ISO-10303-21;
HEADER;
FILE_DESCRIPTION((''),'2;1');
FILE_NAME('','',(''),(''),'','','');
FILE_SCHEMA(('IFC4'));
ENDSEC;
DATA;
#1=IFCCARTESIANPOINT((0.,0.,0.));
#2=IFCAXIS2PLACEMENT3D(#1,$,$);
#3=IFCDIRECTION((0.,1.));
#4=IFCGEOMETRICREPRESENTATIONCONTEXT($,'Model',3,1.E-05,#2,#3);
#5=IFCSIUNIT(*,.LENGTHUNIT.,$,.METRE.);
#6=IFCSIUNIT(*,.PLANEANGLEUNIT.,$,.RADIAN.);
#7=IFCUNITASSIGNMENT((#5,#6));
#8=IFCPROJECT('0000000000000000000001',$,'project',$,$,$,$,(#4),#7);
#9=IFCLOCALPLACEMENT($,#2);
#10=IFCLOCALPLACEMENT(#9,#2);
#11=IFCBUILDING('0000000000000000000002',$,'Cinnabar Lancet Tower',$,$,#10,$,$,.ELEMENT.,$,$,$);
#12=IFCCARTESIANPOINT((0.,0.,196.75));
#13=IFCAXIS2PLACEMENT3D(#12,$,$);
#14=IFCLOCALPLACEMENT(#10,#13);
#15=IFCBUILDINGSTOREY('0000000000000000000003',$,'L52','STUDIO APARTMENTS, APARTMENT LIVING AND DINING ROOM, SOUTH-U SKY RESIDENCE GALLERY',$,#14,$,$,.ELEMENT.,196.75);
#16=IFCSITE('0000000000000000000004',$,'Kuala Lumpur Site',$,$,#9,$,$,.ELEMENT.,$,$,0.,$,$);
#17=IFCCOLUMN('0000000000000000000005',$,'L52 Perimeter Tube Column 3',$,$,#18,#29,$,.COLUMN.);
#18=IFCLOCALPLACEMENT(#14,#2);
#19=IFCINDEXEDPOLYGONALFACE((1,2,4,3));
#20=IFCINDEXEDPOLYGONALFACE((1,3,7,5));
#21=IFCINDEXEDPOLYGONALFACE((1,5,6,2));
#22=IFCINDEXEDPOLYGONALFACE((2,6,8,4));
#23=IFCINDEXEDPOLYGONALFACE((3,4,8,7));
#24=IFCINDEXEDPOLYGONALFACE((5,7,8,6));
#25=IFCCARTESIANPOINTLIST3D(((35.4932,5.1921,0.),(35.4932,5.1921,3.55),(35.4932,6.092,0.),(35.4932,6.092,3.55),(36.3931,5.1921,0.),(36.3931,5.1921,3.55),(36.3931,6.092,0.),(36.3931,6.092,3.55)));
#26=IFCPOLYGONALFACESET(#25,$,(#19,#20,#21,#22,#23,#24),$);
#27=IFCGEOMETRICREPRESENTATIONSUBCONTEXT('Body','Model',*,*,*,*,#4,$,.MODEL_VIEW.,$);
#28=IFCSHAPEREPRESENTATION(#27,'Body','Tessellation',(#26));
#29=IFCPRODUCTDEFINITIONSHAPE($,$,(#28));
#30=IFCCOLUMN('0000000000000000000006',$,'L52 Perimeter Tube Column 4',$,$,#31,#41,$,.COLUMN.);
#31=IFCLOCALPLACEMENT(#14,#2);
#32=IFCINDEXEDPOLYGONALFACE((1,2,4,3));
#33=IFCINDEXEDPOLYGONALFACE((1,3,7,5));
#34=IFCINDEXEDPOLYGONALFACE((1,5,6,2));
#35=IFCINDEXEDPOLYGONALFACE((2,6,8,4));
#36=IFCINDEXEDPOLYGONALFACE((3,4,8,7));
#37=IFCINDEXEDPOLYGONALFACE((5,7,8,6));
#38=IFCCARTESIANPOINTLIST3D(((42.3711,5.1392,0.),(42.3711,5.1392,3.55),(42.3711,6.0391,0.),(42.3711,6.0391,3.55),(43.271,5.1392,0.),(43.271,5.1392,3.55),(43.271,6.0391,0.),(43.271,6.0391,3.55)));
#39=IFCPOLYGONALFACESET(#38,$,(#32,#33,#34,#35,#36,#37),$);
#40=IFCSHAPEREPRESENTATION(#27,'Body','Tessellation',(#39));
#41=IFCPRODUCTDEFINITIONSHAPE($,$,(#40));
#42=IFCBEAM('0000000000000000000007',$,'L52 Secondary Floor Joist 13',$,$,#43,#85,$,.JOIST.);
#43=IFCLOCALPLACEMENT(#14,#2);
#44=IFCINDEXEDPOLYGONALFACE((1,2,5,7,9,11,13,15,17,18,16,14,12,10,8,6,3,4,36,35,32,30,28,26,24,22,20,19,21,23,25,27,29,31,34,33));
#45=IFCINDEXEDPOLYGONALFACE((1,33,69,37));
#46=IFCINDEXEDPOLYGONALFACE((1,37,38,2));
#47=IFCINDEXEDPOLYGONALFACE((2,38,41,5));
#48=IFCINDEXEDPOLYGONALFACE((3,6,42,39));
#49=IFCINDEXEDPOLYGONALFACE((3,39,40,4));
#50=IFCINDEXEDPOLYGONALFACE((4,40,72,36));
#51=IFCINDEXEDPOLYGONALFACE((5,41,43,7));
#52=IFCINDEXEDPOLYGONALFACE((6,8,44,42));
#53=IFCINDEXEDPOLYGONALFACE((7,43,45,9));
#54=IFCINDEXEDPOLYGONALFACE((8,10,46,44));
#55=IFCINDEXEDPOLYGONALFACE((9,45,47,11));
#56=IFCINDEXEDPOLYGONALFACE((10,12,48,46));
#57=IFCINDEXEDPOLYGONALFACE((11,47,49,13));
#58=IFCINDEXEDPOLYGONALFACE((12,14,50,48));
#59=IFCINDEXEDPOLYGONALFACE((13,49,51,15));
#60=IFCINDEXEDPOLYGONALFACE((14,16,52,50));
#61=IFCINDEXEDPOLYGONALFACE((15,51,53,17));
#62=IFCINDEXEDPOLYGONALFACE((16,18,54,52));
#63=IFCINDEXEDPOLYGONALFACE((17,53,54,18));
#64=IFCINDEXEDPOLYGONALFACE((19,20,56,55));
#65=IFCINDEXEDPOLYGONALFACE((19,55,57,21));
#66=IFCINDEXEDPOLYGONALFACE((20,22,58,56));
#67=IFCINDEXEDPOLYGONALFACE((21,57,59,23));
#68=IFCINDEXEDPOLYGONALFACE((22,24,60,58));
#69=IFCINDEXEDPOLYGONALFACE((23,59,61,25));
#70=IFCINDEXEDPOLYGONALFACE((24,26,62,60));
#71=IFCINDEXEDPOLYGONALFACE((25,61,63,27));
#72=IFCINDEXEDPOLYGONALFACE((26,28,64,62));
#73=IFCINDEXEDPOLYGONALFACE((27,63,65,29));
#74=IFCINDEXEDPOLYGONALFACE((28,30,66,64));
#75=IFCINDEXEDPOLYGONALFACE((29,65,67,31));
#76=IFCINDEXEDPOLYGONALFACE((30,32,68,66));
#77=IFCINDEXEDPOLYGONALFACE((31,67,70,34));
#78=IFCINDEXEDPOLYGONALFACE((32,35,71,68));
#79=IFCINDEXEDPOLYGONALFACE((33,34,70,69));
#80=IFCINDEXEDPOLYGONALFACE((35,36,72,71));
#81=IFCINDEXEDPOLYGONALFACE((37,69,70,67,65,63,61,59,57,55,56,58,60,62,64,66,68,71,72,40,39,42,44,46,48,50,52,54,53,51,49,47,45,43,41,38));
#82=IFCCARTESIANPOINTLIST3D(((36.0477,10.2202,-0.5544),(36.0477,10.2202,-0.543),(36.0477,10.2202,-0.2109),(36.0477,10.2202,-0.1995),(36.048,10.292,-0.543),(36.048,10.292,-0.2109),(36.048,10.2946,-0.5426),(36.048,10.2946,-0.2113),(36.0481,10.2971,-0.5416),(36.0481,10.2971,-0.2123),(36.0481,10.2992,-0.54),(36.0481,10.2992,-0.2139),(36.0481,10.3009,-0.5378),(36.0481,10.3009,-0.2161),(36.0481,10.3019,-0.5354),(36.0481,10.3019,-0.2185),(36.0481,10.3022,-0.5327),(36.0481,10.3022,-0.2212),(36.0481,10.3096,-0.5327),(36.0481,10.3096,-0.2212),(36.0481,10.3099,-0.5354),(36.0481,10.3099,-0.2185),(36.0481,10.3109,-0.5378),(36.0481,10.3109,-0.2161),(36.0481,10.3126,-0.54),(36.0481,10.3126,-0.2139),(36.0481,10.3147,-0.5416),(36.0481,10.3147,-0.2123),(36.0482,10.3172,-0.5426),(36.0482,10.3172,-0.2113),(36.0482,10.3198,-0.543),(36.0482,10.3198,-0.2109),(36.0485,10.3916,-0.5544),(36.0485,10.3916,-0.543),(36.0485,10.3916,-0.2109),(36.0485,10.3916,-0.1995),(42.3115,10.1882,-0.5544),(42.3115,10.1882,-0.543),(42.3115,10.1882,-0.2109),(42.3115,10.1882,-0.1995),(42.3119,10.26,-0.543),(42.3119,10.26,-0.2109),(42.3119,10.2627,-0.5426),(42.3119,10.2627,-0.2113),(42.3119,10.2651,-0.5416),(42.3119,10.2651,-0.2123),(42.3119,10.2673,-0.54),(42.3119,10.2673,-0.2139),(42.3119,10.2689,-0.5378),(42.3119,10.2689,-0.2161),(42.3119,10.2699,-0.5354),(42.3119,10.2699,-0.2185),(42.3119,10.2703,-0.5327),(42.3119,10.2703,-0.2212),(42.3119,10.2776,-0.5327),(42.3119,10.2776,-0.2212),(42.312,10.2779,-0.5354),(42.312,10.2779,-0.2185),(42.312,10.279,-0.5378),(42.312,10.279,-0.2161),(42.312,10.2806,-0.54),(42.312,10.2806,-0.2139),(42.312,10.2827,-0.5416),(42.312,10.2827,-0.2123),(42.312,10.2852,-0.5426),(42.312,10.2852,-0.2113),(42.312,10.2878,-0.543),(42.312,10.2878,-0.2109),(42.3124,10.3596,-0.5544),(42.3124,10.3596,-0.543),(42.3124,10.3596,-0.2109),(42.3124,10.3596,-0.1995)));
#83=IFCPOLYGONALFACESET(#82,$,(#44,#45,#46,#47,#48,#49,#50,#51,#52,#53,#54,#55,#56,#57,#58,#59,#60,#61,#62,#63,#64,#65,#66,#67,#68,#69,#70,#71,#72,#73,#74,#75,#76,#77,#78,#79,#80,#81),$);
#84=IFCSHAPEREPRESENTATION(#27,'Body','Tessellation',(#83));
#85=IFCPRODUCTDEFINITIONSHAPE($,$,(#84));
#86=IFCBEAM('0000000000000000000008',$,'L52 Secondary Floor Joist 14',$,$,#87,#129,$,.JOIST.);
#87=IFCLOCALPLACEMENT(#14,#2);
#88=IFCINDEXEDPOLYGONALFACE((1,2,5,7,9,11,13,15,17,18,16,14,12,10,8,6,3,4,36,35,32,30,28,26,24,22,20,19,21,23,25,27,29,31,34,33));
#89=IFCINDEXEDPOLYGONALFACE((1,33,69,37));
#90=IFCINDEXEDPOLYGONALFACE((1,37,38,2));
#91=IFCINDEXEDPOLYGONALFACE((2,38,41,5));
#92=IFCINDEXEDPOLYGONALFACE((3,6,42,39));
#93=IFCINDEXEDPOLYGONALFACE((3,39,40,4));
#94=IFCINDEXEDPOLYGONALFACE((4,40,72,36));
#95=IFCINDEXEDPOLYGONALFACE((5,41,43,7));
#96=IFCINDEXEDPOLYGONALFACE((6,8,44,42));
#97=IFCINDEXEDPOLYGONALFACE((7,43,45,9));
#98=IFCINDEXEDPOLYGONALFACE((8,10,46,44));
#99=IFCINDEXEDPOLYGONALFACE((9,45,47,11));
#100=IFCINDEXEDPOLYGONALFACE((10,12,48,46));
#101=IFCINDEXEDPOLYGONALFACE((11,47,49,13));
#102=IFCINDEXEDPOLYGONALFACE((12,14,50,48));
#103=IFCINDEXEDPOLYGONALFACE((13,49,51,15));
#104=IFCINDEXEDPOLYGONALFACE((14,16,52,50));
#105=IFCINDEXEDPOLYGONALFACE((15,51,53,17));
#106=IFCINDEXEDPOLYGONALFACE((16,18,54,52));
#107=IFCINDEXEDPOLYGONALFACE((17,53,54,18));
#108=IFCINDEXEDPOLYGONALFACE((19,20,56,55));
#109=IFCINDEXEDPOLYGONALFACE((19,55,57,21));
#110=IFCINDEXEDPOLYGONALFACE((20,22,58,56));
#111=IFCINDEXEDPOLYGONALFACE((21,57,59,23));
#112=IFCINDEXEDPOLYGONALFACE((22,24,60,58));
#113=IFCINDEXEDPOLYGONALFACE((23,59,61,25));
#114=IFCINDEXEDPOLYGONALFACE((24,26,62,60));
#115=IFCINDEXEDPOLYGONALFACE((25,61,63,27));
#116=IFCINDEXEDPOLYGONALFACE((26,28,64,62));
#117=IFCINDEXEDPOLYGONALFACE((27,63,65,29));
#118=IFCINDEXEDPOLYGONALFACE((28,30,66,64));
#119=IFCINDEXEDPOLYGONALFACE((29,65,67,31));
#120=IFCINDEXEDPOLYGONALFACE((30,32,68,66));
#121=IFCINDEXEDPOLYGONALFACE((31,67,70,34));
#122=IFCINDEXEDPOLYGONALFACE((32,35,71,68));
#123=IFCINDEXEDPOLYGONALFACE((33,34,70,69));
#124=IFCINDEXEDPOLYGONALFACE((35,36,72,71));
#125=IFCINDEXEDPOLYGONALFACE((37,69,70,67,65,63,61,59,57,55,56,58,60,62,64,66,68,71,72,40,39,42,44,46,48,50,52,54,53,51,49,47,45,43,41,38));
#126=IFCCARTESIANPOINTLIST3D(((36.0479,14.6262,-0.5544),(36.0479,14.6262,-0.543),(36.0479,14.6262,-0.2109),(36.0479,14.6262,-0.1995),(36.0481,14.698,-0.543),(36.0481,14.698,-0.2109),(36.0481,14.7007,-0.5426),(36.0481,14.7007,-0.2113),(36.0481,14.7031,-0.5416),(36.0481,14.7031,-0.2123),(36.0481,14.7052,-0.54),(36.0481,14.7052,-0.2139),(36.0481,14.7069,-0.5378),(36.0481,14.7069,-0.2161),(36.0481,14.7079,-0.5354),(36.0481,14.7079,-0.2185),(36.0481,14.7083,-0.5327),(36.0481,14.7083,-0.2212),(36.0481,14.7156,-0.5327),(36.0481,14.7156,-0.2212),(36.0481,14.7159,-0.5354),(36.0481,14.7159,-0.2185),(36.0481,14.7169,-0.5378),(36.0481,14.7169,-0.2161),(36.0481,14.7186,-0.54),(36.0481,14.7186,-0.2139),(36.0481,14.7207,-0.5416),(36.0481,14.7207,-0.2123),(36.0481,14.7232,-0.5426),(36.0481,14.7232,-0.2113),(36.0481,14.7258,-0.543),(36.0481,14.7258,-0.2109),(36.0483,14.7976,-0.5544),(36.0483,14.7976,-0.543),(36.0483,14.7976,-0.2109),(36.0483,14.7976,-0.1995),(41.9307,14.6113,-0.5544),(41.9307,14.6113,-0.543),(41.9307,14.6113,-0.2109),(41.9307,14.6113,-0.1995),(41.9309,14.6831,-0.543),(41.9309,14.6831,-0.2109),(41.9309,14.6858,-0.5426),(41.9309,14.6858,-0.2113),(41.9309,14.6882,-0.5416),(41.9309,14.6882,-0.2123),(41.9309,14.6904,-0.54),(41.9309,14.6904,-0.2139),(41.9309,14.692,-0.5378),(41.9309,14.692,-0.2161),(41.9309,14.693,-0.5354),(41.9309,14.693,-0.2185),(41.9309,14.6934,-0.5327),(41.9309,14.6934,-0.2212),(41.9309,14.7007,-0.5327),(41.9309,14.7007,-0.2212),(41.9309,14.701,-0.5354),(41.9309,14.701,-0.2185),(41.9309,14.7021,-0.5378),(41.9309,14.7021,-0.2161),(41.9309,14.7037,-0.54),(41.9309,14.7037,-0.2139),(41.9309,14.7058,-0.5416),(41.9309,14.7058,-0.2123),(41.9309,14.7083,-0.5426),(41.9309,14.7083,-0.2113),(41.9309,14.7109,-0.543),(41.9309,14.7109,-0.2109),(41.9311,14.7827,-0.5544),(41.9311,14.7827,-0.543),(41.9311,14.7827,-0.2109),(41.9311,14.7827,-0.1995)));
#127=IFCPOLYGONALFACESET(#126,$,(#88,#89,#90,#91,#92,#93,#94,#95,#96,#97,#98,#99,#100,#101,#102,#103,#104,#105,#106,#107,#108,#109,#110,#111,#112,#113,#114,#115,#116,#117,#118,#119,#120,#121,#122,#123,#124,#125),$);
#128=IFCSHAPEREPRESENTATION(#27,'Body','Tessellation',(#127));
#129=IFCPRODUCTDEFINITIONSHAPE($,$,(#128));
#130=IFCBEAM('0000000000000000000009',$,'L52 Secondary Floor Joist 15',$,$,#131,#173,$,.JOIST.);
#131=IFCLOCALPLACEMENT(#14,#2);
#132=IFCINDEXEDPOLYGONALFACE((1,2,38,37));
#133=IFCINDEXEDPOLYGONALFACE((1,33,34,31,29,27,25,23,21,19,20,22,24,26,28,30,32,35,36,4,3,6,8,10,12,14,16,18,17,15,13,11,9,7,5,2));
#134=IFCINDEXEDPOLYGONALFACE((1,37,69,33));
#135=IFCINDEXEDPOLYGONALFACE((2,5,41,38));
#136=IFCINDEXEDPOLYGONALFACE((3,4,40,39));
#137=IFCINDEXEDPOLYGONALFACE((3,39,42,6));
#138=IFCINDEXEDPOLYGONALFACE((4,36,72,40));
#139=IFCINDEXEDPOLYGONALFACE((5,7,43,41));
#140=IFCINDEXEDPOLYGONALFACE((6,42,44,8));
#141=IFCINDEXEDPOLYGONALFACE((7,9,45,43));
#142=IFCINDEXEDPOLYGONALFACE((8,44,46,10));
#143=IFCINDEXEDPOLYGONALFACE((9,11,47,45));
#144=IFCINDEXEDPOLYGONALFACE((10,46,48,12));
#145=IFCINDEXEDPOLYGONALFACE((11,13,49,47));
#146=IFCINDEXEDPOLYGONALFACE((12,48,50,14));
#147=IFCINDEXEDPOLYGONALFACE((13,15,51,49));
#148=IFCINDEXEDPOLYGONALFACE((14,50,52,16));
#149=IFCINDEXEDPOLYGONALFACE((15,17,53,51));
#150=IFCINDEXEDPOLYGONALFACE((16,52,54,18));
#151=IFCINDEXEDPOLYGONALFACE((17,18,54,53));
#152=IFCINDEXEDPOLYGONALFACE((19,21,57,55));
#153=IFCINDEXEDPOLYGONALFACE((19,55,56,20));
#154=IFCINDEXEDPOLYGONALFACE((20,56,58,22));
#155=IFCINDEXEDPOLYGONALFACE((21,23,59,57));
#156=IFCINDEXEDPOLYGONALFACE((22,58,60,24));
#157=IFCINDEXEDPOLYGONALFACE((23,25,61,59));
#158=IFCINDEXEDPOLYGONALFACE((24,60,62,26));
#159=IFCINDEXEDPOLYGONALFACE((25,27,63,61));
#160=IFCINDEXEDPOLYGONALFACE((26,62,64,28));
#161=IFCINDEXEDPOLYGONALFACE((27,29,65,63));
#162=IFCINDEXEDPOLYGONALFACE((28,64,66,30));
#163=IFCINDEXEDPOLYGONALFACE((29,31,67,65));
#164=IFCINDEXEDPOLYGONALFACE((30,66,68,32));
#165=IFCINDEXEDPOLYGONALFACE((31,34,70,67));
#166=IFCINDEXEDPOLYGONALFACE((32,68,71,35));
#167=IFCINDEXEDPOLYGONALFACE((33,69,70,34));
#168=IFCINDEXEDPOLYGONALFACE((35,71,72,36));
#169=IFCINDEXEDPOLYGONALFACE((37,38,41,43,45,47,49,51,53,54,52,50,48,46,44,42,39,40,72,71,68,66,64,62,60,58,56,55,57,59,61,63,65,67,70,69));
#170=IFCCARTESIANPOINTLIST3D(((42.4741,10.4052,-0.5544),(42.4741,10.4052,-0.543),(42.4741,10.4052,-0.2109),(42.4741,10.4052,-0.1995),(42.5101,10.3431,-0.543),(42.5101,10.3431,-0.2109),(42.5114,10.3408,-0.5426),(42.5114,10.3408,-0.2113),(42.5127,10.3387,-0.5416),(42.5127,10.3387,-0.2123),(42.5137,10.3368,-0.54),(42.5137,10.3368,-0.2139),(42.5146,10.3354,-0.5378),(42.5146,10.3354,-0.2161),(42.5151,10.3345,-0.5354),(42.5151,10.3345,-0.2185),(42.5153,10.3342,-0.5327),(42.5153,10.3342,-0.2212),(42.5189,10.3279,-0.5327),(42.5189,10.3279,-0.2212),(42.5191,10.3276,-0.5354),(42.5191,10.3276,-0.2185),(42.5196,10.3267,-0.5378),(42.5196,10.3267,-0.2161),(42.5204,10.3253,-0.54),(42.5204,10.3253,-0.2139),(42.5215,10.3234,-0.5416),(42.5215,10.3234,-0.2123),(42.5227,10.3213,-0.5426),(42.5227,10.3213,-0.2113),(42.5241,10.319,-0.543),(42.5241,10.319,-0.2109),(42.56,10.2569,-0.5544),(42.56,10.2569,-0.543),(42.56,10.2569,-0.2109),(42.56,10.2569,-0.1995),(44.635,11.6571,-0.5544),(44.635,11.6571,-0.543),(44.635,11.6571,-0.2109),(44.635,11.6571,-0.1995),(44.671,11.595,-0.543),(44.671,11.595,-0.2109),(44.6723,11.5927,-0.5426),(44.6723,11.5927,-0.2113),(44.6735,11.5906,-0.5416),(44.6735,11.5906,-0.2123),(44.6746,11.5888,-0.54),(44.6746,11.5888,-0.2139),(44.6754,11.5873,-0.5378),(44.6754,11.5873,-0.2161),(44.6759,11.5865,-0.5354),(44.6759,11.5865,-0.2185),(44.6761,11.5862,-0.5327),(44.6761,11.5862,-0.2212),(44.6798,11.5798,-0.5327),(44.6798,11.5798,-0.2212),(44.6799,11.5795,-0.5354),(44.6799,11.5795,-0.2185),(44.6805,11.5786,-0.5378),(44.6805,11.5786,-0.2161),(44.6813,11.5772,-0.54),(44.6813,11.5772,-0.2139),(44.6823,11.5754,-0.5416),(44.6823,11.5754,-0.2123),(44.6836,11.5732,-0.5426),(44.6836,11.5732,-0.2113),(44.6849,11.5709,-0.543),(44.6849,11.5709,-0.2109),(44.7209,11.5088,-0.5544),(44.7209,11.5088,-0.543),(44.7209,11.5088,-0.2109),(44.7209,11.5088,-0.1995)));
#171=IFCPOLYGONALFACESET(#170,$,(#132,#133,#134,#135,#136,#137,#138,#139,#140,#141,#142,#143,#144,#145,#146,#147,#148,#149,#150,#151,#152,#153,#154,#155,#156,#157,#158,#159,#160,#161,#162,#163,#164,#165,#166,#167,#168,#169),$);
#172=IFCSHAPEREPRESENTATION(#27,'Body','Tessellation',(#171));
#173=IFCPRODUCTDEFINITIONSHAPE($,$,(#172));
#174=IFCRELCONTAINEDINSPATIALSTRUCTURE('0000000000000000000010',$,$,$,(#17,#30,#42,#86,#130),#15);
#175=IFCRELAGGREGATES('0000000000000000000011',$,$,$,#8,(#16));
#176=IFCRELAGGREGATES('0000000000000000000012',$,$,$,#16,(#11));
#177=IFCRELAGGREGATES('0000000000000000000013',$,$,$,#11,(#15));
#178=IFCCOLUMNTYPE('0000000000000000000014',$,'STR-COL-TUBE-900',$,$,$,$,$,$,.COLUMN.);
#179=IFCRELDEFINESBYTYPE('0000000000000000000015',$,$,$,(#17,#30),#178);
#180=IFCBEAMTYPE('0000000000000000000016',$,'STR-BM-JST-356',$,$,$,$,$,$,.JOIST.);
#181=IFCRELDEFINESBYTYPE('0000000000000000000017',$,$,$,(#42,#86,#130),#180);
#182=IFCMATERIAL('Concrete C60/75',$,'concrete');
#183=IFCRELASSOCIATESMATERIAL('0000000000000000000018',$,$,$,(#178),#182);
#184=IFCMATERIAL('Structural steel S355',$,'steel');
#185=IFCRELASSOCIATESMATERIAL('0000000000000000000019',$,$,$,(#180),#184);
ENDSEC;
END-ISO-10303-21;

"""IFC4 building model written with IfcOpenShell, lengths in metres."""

from ifc_helpers import new_model, si_unit, direction, frame, origin, origin_2d, place, context, subcontext, project, spatial, rectangle, i_section, extrude, material, material_profile, profile_set, type_object, element, save


model = new_model("IFC4")

# Units and contexts
model_context = context("Model", 3, precision=1e-05, world=origin(), true_north=direction((0.0, 1.0)))
body_context = subcontext(model_context, "Body", "Model", "MODEL_VIEW")
ifc_project = project(units=[si_unit("LENGTHUNIT", "METRE"), si_unit("PLANEANGLEUNIT", "RADIAN")], contexts=[model_context])

# Site, building, storey
site_placement = place(None, origin())
site = spatial("IfcSite", under=ifc_project, at=site_placement, Name="Kuala Lumpur Site", CompositionType="ELEMENT", RefElevation=0.0)
building_placement = place(site_placement, origin())
building = spatial("IfcBuilding", under=site, at=building_placement, Name="Cinnabar Lancet Tower", CompositionType="ELEMENT")
storey_placement = place(building_placement, frame((0.0, 0.0, 196.75)))
storey = spatial("IfcBuildingStorey", under=building, at=storey_placement, Name="L52", Description="STUDIO APARTMENTS, APARTMENT LIVING AND DINING ROOM, SOUTH-U SKY RESIDENCE GALLERY", CompositionType="ELEMENT", Elevation=196.75)

# Columns
ifc_material_1 = material(Name="Concrete C60/75", Category="concrete")
ifc_material_profile_1 = material_profile(ifc_material_1, rectangle(XDim=0.8999, YDim=0.8999, at=origin_2d()), Name="RC-COL 900x900")
ifc_profile_set_1 = profile_set([ifc_material_profile_1], Name="Concrete C60/75")
column_type = type_object("IfcColumnType", Name="STR-COL-TUBE-900", PredefinedType="COLUMN", material=ifc_profile_set_1)
for number, where, z_axis, x_axis, name in (
    (1, (35.9431, 5.6421, 0.0), (0.0, 0.0, 1.0), (1.0, 0.0, 0.0), "L52 Perimeter Tube Column 3"),
    (2, (42.821, 5.5891, 0.0), (0.0, 0.0, 1.0), (1.0, 0.0, 0.0), "L52 Perimeter Tube Column 4"),
):
    element("IfcColumn", number, at=place(storey_placement, frame(where, z_axis=z_axis, x_axis=x_axis)), inside=storey, type_object=column_type, Name=name, PredefinedType="COLUMN", context=body_context, shape_type="SweptSolid", body=[
        extrude(rectangle(XDim=0.8999, YDim=0.8999, at=origin_2d()), origin(), (0.0, 0.0, 1.0), 3.55),
    ])

# Beams
ifc_material_2 = material(Name="Structural steel S355", Category="steel")
ifc_material_profile_2 = material_profile(ifc_material_2, i_section(OverallWidth=0.1714, OverallDepth=0.355, WebThickness=0.0073, FlangeThickness=0.0115, FilletRadius=0.0103, at=origin_2d()), Name="UKB 356x171x51")
ifc_profile_set_2 = profile_set([ifc_material_profile_2], Name="Structural steel S355")
beam_type_1 = type_object("IfcBeamType", Name="STR-BM-JST-356", PredefinedType="JOIST", material=ifc_profile_set_2)
beam_1_placement = place(storey_placement, frame((36.0481, 10.3059, -0.377), z_axis=(0.999987, -0.005106, 0.0), x_axis=(0.005106, 0.999987, 0.0)))
element("IfcBeam", 3, at=beam_1_placement, inside=storey, type_object=beam_type_1, Name="L52 Secondary Floor Joist 13", PredefinedType="JOIST", context=body_context, shape_type="SweptSolid", body=[
    extrude(i_section(OverallWidth=0.1714, OverallDepth=0.355, WebThickness=0.0073, FlangeThickness=0.0115, FilletRadius=0.0103, at=origin_2d()), origin(), (0.0, 0.0, 1.0), 6.2639),
])
beam_2_placement = place(storey_placement, frame((36.0481, 14.7119, -0.377), z_axis=(0.999997, -0.002532, 0.0), x_axis=(0.002532, 0.999997, 0.0)))
element("IfcBeam", 4, at=beam_2_placement, inside=storey, type_object=beam_type_1, Name="L52 Secondary Floor Joist 14", PredefinedType="JOIST", context=body_context, shape_type="SweptSolid", body=[
    extrude(i_section(OverallWidth=0.1714, OverallDepth=0.355, WebThickness=0.0073, FlangeThickness=0.0115, FilletRadius=0.0103, at=origin_2d()), origin(), (0.0, 0.0, 1.0), 5.8828),
])
beam_3_placement = place(storey_placement, frame((42.5171, 10.3311, -0.377), z_axis=(0.865268, 0.50131, 0.0), x_axis=(-0.50131, 0.865268, 0.0)))
element("IfcBeam", 5, at=beam_3_placement, inside=storey, type_object=beam_type_1, Name="L52 Secondary Floor Joist 15", PredefinedType="JOIST", context=body_context, shape_type="SweptSolid", body=[
    extrude(i_section(OverallWidth=0.1714, OverallDepth=0.355, WebThickness=0.0073, FlangeThickness=0.0115, FilletRadius=0.0103, at=origin_2d()), origin(), (0.0, 0.0, 1.0), 2.4973),
])

save(model, "model.ifc")
